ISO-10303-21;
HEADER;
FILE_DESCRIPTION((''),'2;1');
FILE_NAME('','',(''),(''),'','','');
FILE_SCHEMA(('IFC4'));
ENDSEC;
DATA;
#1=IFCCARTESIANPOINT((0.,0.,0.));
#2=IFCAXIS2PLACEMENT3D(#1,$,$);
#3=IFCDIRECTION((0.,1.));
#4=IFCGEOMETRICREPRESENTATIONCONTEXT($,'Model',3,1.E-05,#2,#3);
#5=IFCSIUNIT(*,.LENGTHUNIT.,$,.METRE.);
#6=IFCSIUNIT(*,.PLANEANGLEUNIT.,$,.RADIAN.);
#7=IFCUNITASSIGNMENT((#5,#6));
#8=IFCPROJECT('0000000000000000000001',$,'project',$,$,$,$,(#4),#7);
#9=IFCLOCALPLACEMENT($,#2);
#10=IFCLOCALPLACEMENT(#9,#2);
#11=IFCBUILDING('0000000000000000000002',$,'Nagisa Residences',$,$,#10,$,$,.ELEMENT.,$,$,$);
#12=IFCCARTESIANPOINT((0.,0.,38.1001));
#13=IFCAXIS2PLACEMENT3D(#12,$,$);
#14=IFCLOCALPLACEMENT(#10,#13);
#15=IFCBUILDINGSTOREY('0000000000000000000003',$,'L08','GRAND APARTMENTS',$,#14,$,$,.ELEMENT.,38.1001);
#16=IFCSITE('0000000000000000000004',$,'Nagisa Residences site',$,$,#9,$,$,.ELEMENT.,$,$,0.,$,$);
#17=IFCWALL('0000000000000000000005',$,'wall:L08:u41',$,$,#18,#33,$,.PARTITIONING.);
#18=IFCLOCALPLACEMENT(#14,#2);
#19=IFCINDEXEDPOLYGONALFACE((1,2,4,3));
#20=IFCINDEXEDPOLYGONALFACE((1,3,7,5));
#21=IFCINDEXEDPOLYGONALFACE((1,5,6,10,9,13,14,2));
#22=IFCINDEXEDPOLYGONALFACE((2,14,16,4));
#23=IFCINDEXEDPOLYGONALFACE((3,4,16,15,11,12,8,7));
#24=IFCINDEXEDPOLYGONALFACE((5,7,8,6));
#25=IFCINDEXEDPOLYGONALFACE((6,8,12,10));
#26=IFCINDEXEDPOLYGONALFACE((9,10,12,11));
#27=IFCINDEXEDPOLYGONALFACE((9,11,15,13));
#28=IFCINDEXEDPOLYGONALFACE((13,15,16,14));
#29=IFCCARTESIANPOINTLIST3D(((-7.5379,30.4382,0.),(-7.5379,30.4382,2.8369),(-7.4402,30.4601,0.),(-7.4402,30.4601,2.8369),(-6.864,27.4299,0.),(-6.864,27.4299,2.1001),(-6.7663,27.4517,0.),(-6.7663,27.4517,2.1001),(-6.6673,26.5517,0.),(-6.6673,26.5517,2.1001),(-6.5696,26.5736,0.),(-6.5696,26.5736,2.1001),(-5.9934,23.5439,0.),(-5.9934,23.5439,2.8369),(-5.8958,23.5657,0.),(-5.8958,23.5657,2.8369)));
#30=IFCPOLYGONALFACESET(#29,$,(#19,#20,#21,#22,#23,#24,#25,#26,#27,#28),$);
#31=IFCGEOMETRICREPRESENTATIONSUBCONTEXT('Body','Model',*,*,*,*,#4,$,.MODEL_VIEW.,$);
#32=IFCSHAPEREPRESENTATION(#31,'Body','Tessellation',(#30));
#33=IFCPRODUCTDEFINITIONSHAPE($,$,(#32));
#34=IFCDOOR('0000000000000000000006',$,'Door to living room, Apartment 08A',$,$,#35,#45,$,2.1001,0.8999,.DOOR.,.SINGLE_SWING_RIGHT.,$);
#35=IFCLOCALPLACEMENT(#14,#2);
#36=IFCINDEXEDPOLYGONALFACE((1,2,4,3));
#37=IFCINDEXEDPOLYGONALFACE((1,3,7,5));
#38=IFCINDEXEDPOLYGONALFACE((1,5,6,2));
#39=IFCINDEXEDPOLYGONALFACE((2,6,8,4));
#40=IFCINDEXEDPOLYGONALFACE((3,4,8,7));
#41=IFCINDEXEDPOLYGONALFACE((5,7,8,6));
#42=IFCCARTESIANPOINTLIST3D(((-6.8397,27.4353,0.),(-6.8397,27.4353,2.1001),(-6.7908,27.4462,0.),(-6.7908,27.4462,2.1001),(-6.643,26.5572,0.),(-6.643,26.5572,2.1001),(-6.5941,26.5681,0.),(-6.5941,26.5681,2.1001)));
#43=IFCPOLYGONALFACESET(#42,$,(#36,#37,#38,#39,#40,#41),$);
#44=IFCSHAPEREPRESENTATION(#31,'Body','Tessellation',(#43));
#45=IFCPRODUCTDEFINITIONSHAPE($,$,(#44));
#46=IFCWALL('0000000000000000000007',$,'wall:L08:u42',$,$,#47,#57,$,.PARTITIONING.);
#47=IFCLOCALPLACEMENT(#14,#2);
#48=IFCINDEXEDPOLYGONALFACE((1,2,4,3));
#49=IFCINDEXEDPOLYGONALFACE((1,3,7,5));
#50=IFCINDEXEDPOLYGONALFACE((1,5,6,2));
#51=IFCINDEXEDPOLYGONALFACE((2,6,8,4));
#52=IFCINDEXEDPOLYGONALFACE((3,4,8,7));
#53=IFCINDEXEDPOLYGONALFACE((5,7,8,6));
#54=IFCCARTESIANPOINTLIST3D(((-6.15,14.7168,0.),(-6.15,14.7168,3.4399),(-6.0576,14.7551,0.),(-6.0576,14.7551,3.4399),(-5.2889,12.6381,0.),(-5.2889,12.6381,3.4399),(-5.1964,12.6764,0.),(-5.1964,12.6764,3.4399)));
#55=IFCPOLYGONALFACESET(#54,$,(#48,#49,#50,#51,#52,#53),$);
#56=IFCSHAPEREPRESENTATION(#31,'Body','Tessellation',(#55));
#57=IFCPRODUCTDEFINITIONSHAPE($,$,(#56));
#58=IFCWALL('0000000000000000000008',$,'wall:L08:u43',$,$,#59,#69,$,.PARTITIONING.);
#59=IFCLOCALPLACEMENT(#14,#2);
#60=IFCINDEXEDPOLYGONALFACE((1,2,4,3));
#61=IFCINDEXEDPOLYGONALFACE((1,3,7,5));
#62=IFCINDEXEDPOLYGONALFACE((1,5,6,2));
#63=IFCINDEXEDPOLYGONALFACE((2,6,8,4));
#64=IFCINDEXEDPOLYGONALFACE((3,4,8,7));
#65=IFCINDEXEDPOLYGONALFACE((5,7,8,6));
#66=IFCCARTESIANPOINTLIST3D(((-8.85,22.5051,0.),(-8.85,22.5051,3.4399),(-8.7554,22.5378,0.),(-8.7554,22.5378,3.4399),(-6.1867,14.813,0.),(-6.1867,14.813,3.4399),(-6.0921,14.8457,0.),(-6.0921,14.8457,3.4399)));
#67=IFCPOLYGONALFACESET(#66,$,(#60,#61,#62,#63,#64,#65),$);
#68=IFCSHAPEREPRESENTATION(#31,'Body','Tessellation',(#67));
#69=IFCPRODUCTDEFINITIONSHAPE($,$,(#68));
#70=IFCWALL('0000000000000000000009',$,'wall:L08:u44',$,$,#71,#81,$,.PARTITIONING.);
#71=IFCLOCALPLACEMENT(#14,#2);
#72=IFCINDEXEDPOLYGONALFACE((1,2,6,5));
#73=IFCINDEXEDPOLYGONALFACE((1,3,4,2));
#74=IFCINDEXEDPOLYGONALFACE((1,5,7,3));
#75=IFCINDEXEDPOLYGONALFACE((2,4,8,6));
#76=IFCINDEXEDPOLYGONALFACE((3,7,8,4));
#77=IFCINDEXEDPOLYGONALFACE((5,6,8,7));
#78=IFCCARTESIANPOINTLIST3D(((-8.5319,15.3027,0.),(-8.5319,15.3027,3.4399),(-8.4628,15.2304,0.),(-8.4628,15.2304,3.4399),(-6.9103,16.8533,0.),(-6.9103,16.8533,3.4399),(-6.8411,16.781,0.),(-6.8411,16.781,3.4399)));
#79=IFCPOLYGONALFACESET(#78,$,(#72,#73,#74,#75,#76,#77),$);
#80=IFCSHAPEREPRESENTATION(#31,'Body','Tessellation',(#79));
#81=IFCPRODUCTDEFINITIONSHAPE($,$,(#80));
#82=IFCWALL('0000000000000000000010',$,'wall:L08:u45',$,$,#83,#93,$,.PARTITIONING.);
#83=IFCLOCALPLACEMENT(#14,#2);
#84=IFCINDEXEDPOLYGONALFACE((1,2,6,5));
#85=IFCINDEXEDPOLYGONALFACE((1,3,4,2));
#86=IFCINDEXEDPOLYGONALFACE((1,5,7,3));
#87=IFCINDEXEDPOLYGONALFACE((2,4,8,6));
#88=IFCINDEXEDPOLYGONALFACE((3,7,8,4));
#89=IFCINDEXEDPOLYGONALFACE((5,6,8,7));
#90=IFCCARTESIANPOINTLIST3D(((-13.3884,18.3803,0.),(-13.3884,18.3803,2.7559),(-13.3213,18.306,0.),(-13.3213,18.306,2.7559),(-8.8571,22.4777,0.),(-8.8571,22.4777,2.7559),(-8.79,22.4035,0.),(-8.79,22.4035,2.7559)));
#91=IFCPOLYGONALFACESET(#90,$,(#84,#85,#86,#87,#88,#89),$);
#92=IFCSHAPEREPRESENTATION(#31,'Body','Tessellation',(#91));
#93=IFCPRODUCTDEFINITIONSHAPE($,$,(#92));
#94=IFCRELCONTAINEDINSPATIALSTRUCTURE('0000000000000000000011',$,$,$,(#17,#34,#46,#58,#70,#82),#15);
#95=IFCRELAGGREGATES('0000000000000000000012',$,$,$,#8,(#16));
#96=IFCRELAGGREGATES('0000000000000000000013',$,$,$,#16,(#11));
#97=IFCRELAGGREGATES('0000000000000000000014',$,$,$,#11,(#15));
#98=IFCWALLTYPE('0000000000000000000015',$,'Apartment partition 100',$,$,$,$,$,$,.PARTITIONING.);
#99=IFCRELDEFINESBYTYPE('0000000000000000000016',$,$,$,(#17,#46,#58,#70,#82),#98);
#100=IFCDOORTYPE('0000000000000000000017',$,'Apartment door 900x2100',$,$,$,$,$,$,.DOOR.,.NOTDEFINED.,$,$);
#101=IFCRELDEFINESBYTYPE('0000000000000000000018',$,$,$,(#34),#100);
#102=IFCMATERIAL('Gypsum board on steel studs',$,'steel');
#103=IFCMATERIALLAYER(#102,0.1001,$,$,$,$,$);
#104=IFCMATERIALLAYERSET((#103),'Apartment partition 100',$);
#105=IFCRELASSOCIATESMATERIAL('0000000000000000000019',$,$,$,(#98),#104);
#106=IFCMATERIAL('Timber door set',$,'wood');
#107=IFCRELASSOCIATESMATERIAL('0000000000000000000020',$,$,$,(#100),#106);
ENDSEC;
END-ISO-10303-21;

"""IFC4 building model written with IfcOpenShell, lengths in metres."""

from ifc_helpers import new_model, si_unit, direction, frame, frame_2d, origin, place, context, subcontext, project, spatial, rectangle, extrude, material, layer, layer_set, type_object, element, fill, save


model = new_model("IFC4")

# Units and contexts
model_context = context("Model", 3, precision=1e-05, world=origin(), true_north=direction((0.0, 1.0)))
body_context = subcontext(model_context, "Body", "Model", "MODEL_VIEW")
ifc_project = project(units=[si_unit("LENGTHUNIT", "METRE"), si_unit("PLANEANGLEUNIT", "RADIAN")], contexts=[model_context])

# Site, building, storey
site_placement = place(None, origin())
site = spatial("IfcSite", under=ifc_project, at=site_placement, Name="Nagisa Residences site", CompositionType="ELEMENT", RefElevation=0.0)
building_placement = place(site_placement, origin())
building = spatial("IfcBuilding", under=site, at=building_placement, Name="Nagisa Residences", CompositionType="ELEMENT")
storey_placement = place(building_placement, frame((0.0, 0.0, 38.1001)))
storey = spatial("IfcBuildingStorey", under=building, at=storey_placement, Name="L08", Description="GRAND APARTMENTS", CompositionType="ELEMENT", Elevation=38.1001)

# Shared definitions
ifc_material_1 = material(Name="Gypsum board on steel studs", Category="steel")
ifc_layer_1 = layer(ifc_material_1, 0.1001)
ifc_layer_set_1 = layer_set([ifc_layer_1], Name="Apartment partition 100")
wall_type_1 = type_object("IfcWallType", Name="Apartment partition 100", PredefinedType="PARTITIONING", material=ifc_layer_set_1)

# Wall, opening, door
ifc_material_2 = material(Name="Timber door set", Category="wood")
door_type_1 = type_object("IfcDoorType", Name="Apartment door 900x2100", OperationType="NOTDEFINED", PredefinedType="DOOR", material=ifc_material_2)
wall_1_placement = place(storey_placement, frame((-5.9446, 23.5547, 0.0), z_axis=(0.0, 0.0, 1.0), x_axis=(-0.218599, 0.975815, 0.0)))
wall_1 = element("IfcWall", 1, at=wall_1_placement, inside=storey, type_object=wall_type_1, Name="wall:L08:u41", PredefinedType="PARTITIONING", context=body_context, shape_type="SweptSolid", body=[
    extrude(rectangle(XDim=7.0652, YDim=0.1001, at=frame_2d((3.5327, 0.0))), origin(), (0.0, 0.0, 1.0), 2.8369),
])
opening_1_placement = place(wall_1_placement, frame((3.0825, 0.0, 0.0)))
opening_1 = element("IfcOpeningElement", 2, at=opening_1_placement, cuts=wall_1, PredefinedType="OPENING", context=body_context, shape_type="SweptSolid", body=[
    extrude(rectangle(XDim=0.8999, YDim=2.1001, at=frame_2d((0.45, 1.05))), frame((0.0, 0.0601, 0.0), z_axis=(0.0, -1.0, 0.0), x_axis=(1.0, 0.0, 0.0)), (0.0, 0.0, 1.0), 0.1201),
])
door_1_placement = place(opening_1_placement, frame((0.8999, 0.0, 0.0), x_axis=(-1.0, 0.0, 0.0)))
door_1 = element("IfcDoor", 3, at=door_1_placement, inside=storey, type_object=door_type_1, Name="Door to living room, Apartment 08A", OperationType="SINGLE_SWING_RIGHT", OverallHeight=2.1001, OverallWidth=0.8999, PredefinedType="DOOR", context=body_context, shape_type="SweptSolid", body=[
    extrude(rectangle(XDim=0.8999, YDim=2.1001, at=frame_2d((0.45, 1.05))), frame((0.0, 0.0249, 0.0), z_axis=(0.0, -1.0, 0.0), x_axis=(1.0, 0.0, 0.0)), (0.0, 0.0, 1.0), 0.05),
])
fill(opening_1, door_1)

# Walls
wall_2_placement = place(storey_placement, frame((-5.2427, 12.6572, 0.0), z_axis=(0.0, 0.0, 1.0), x_axis=(-0.382719, 0.923865, 0.0)))
element("IfcWall", 4, at=wall_2_placement, inside=storey, type_object=wall_type_1, Name="wall:L08:u42", PredefinedType="PARTITIONING", context=body_context, shape_type="SweptSolid", body=[
    extrude(rectangle(XDim=2.25, YDim=0.1001, at=frame_2d((1.125, 0.0))), origin(), (0.0, 0.0, 1.0), 3.4399),
])
wall_3_placement = place(storey_placement, frame((-6.1394, 14.8293, 0.0), z_axis=(0.0, 0.0, 1.0), x_axis=(-0.327184, 0.944961, 0.0)))
element("IfcWall", 5, at=wall_3_placement, inside=storey, type_object=wall_type_1, Name="wall:L08:u43", PredefinedType="PARTITIONING", context=body_context, shape_type="SweptSolid", body=[
    extrude(rectangle(XDim=8.1401, YDim=0.1001, at=frame_2d((4.0701, 0.0))), origin(), (0.0, 0.0, 1.0), 3.4399),
])
wall_4_placement = place(storey_placement, frame((-6.8757, 16.8171, 0.0), z_axis=(0.0, 0.0, 1.0), x_axis=(-0.722762, -0.691097, 0.0)))
element("IfcWall", 6, at=wall_4_placement, inside=storey, type_object=wall_type_1, Name="wall:L08:u44", PredefinedType="PARTITIONING", context=body_context, shape_type="SweptSolid", body=[
    extrude(rectangle(XDim=2.2437, YDim=0.1001, at=frame_2d((1.1218, 0.0))), origin(), (0.0, 0.0, 1.0), 3.4399),
])
wall_5_placement = place(storey_placement, frame((-8.8235, 22.4407, 0.0), z_axis=(0.0, 0.0, 1.0), x_axis=(-0.741722, -0.670707, 0.0)))
element("IfcWall", 7, at=wall_5_placement, inside=storey, type_object=wall_type_1, Name="wall:L08:u45", PredefinedType="PARTITIONING", context=body_context, shape_type="SweptSolid", body=[
    extrude(rectangle(XDim=6.1091, YDim=0.1001, at=frame_2d((3.0547, 0.0))), origin(), (0.0, 0.0, 1.0), 2.7559),
])

save(model, "model.ifc")
